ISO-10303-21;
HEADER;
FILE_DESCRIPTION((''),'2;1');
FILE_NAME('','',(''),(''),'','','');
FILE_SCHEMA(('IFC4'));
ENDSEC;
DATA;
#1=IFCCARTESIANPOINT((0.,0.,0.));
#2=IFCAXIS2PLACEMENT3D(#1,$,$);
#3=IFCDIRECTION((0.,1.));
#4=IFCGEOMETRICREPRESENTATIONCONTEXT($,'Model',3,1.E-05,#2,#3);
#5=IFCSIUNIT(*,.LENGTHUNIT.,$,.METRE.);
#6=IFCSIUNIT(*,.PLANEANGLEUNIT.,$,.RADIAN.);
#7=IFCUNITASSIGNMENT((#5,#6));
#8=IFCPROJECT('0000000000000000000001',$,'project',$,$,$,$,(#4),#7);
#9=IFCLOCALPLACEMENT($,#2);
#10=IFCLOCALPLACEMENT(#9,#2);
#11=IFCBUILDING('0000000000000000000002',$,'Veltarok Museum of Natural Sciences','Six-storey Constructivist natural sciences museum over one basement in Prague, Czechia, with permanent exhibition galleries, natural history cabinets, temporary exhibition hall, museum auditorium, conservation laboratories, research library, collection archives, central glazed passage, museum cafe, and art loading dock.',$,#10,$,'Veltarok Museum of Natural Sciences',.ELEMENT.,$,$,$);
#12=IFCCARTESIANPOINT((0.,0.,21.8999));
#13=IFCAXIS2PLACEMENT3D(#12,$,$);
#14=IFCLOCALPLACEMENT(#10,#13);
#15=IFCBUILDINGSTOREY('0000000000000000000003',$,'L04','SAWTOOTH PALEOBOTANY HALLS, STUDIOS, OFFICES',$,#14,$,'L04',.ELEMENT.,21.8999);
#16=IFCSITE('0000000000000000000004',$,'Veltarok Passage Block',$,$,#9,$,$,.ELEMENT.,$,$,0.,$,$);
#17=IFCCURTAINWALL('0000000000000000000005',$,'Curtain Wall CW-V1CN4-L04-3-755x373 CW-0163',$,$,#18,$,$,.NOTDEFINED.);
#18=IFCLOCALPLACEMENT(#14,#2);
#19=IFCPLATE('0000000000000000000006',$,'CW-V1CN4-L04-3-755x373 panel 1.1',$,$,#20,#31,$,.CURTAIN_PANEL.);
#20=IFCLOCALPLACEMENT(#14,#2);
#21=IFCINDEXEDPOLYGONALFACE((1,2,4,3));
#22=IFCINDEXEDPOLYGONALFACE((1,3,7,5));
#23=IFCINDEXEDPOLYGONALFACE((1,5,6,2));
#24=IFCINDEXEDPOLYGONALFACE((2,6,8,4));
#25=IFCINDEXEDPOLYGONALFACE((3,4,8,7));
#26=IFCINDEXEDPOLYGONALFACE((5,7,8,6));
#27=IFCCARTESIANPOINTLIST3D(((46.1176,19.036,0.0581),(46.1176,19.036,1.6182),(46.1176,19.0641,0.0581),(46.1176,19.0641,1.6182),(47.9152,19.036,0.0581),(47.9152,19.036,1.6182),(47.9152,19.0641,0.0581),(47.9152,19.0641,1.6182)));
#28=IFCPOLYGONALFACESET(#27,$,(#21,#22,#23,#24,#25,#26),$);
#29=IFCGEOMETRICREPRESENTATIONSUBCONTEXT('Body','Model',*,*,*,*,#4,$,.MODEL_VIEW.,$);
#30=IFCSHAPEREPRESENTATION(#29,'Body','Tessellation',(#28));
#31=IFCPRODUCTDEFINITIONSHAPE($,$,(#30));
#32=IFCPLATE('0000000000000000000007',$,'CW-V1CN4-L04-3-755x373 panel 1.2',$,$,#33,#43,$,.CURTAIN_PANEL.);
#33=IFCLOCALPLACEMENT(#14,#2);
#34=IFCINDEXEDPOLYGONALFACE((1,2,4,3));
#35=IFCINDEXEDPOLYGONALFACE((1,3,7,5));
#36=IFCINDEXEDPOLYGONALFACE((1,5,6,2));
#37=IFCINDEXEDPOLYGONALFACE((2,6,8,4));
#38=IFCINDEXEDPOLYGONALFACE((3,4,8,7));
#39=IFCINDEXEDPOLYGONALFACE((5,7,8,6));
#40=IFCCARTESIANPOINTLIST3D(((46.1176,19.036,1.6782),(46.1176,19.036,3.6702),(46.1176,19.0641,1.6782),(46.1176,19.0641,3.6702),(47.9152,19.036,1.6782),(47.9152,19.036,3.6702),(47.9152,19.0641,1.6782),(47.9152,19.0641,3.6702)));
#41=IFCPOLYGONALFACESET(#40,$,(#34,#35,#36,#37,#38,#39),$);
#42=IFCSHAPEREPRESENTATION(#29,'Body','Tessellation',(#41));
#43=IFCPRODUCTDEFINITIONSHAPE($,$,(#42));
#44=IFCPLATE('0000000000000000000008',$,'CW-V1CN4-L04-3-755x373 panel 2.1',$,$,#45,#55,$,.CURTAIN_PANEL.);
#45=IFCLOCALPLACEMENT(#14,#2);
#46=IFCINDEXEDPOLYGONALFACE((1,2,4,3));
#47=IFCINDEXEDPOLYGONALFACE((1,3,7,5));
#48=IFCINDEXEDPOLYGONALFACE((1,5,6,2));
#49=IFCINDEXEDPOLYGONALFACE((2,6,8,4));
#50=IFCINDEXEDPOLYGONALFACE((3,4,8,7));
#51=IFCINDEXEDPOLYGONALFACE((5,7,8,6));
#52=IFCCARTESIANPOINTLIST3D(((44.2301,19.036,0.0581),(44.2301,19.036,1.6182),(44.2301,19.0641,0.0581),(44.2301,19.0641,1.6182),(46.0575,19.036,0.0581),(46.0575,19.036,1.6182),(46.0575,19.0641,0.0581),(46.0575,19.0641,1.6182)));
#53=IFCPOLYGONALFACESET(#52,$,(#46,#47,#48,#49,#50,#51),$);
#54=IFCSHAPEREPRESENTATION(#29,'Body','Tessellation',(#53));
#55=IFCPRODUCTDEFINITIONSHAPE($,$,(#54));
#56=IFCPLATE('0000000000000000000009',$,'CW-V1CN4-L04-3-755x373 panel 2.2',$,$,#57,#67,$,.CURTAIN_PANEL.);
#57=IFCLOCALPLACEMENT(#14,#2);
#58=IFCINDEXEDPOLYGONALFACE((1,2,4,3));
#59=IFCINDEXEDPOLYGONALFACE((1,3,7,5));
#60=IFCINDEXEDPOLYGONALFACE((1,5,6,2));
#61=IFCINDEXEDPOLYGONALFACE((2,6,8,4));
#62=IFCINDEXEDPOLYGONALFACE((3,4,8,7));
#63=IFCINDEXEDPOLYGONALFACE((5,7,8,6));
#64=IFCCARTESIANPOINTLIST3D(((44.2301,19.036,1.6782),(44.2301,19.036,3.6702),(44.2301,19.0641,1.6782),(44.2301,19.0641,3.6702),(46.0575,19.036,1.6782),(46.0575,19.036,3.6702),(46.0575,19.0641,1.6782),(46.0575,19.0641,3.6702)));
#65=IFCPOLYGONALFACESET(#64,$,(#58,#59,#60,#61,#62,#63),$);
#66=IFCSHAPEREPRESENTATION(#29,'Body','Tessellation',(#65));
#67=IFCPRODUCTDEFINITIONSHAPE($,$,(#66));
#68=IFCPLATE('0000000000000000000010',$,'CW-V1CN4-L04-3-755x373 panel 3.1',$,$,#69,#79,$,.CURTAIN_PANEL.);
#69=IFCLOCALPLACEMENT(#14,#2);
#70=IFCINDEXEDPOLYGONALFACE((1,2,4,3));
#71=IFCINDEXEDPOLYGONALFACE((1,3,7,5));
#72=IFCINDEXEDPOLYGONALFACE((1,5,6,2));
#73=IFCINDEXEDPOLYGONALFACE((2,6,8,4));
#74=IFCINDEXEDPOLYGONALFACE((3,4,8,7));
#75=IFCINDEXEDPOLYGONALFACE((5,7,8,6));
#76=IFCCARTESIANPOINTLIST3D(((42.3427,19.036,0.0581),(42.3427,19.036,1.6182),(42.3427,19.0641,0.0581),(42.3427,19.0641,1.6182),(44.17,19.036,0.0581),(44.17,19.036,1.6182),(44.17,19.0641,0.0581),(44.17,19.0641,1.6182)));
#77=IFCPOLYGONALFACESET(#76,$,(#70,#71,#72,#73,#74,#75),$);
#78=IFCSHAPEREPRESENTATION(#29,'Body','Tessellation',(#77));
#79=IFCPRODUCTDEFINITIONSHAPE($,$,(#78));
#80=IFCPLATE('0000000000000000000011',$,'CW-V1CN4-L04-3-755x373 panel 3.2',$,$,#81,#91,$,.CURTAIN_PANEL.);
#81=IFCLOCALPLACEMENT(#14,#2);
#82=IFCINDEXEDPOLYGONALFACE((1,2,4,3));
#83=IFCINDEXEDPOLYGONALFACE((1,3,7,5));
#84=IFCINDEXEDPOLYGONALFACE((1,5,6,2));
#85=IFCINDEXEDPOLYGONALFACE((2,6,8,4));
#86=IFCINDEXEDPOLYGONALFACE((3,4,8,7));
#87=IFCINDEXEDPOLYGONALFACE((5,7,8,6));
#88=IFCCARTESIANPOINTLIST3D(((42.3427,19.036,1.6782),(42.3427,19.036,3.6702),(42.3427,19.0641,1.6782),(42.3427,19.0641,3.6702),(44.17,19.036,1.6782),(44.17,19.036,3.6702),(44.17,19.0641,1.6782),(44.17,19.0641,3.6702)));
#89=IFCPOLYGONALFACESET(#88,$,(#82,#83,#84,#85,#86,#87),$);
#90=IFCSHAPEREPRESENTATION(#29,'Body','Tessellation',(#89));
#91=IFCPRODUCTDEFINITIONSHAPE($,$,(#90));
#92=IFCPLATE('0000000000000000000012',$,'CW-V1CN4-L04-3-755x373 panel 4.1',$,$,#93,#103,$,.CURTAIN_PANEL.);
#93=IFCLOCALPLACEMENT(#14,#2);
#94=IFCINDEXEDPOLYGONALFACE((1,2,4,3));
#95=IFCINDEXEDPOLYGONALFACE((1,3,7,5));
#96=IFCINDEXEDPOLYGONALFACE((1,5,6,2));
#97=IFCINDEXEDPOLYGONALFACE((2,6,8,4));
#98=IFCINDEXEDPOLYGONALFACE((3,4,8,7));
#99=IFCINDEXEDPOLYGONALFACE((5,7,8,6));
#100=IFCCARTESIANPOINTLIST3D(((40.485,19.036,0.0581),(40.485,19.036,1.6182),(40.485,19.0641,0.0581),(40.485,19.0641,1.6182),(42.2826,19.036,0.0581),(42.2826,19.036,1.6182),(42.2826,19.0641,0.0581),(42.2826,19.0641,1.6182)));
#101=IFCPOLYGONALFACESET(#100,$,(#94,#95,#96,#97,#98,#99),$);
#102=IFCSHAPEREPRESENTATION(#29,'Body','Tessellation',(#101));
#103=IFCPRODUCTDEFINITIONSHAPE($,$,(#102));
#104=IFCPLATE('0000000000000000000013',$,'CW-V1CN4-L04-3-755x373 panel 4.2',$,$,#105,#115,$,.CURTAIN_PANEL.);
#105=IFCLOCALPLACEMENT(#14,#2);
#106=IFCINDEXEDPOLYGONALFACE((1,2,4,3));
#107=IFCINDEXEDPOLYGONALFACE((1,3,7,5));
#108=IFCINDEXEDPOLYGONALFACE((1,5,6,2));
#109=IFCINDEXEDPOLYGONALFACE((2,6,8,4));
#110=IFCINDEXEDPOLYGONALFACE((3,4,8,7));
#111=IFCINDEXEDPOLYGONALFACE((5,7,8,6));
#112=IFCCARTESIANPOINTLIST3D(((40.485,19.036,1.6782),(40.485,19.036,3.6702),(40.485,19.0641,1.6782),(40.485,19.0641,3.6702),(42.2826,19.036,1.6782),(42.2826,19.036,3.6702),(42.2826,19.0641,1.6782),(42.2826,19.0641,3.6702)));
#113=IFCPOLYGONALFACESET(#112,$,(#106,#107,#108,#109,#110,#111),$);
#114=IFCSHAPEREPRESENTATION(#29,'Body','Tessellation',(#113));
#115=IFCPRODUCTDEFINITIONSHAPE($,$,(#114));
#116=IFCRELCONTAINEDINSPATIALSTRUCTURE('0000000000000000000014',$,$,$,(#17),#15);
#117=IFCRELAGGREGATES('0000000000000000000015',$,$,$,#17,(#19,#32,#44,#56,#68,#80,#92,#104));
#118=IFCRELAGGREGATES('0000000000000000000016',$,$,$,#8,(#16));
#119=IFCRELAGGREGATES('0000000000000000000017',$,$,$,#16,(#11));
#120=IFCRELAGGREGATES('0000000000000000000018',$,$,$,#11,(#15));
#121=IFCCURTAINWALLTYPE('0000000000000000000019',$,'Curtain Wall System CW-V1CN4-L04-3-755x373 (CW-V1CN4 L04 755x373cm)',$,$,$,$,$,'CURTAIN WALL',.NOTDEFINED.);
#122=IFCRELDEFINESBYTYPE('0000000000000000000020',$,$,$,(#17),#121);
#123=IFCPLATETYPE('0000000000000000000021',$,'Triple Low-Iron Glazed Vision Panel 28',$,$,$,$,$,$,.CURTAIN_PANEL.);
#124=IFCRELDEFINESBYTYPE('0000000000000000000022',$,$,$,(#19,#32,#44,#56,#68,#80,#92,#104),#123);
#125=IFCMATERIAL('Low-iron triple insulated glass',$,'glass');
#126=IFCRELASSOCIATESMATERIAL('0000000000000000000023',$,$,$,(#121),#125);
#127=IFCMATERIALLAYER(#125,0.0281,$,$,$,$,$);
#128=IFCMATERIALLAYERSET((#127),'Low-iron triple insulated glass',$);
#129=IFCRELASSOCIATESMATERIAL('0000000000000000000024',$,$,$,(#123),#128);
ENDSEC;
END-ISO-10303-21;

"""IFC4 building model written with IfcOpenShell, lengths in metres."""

from ifc_helpers import new_model, si_unit, direction, frame, origin, origin_2d, place, context, subcontext, project, spatial, rectangle, extrude, material, layer, layer_set, type_object, element, aggregate, save


model = new_model("IFC4")

# Units and contexts
model_context = context("Model", 3, precision=1e-05, world=origin(), true_north=direction((0.0, 1.0)))
body_context = subcontext(model_context, "Body", "Model", "MODEL_VIEW")
ifc_project = project(units=[si_unit("LENGTHUNIT", "METRE"), si_unit("PLANEANGLEUNIT", "RADIAN")], contexts=[model_context])

# Site, building, storey
site_placement = place(None, origin())
site = spatial("IfcSite", under=ifc_project, at=site_placement, Name="Veltarok Passage Block", CompositionType="ELEMENT", RefElevation=0.0)
building_placement = place(site_placement, origin())
building = spatial("IfcBuilding", under=site, at=building_placement, Name="Veltarok Museum of Natural Sciences", Description="Six-storey Constructivist natural sciences museum over one basement in Prague, Czechia, with permanent exhibition galleries, natural history cabinets, temporary exhibition hall, museum auditorium, conservation laboratories, research library, collection archives, central glazed passage, museum cafe, and art loading dock.", LongName="Veltarok Museum of Natural Sciences", CompositionType="ELEMENT")
storey_placement = place(building_placement, frame((0.0, 0.0, 21.8999)))
storey = spatial("IfcBuildingStorey", under=building, at=storey_placement, Name="L04", Description="SAWTOOTH PALEOBOTANY HALLS, STUDIOS, OFFICES", LongName="L04", CompositionType="ELEMENT", Elevation=21.8999)

# Curtain wall
ifc_material_1 = material(Name="Low-iron triple insulated glass", Category="glass")
curtain_wall_type = type_object("IfcCurtainWallType", Name="Curtain Wall System CW-V1CN4-L04-3-755x373 (CW-V1CN4 L04 755x373cm)", ElementType="CURTAIN WALL", PredefinedType="NOTDEFINED", material=ifc_material_1)
curtain_wall_placement = place(storey_placement, origin())
curtain_wall = element("IfcCurtainWall", 1, at=curtain_wall_placement, inside=storey, type_object=curtain_wall_type, Name="Curtain Wall CW-V1CN4-L04-3-755x373 CW-0163", PredefinedType="NOTDEFINED")

# Plates
ifc_layer = layer(ifc_material_1, 0.0281)
ifc_layer_set = layer_set([ifc_layer], Name="Low-iron triple insulated glass")
plate_type = type_object("IfcPlateType", Name="Triple Low-Iron Glazed Vision Panel 28", PredefinedType="CURTAIN_PANEL", material=ifc_layer_set)
plate_1_placement = place(storey_placement, frame((47.0164, 19.05, 0.0581), z_axis=(0.0, 0.0, 1.0), x_axis=(-1.0, 0.0, 0.0)))
plate_1 = element("IfcPlate", 2, at=plate_1_placement, type_object=plate_type, Name="CW-V1CN4-L04-3-755x373 panel 1.1", PredefinedType="CURTAIN_PANEL", context=body_context, shape_type="SweptSolid", body=[
    extrude(rectangle(XDim=1.7976, YDim=0.0281, at=origin_2d()), origin(), (0.0, 0.0, 1.0), 1.5601),
])
plate_2_placement = place(storey_placement, frame((47.0164, 19.05, 1.6782), z_axis=(0.0, 0.0, 1.0), x_axis=(-1.0, 0.0, 0.0)))
plate_2 = element("IfcPlate", 3, at=plate_2_placement, type_object=plate_type, Name="CW-V1CN4-L04-3-755x373 panel 1.2", PredefinedType="CURTAIN_PANEL", context=body_context, shape_type="SweptSolid", body=[
    extrude(rectangle(XDim=1.7976, YDim=0.0281, at=origin_2d()), origin(), (0.0, 0.0, 1.0), 1.9919),
])
plate_3_placement = place(storey_placement, frame((45.1438, 19.05, 0.0581), z_axis=(0.0, 0.0, 1.0), x_axis=(-1.0, 0.0, 0.0)))
plate_3 = element("IfcPlate", 4, at=plate_3_placement, type_object=plate_type, Name="CW-V1CN4-L04-3-755x373 panel 2.1", PredefinedType="CURTAIN_PANEL", context=body_context, shape_type="SweptSolid", body=[
    extrude(rectangle(XDim=1.8274, YDim=0.0281, at=origin_2d()), origin(), (0.0, 0.0, 1.0), 1.5601),
])
plate_4_placement = place(storey_placement, frame((45.1438, 19.05, 1.6782), z_axis=(0.0, 0.0, 1.0), x_axis=(-1.0, 0.0, 0.0)))
plate_4 = element("IfcPlate", 5, at=plate_4_placement, type_object=plate_type, Name="CW-V1CN4-L04-3-755x373 panel 2.2", PredefinedType="CURTAIN_PANEL", context=body_context, shape_type="SweptSolid", body=[
    extrude(rectangle(XDim=1.8274, YDim=0.0281, at=origin_2d()), origin(), (0.0, 0.0, 1.0), 1.9919),
])
plate_5_placement = place(storey_placement, frame((43.2563, 19.05, 0.0581), z_axis=(0.0, 0.0, 1.0), x_axis=(-1.0, 0.0, 0.0)))
plate_5 = element("IfcPlate", 6, at=plate_5_placement, type_object=plate_type, Name="CW-V1CN4-L04-3-755x373 panel 3.1", PredefinedType="CURTAIN_PANEL", context=body_context, shape_type="SweptSolid", body=[
    extrude(rectangle(XDim=1.8274, YDim=0.0281, at=origin_2d()), origin(), (0.0, 0.0, 1.0), 1.5601),
])
plate_6_placement = place(storey_placement, frame((43.2563, 19.05, 1.6782), z_axis=(0.0, 0.0, 1.0), x_axis=(-1.0, 0.0, 0.0)))
plate_6 = element("IfcPlate", 7, at=plate_6_placement, type_object=plate_type, Name="CW-V1CN4-L04-3-755x373 panel 3.2", PredefinedType="CURTAIN_PANEL", context=body_context, shape_type="SweptSolid", body=[
    extrude(rectangle(XDim=1.8274, YDim=0.0281, at=origin_2d()), origin(), (0.0, 0.0, 1.0), 1.9919),
])
plate_7_placement = place(storey_placement, frame((41.3838, 19.05, 0.0581), z_axis=(0.0, 0.0, 1.0), x_axis=(-1.0, 0.0, 0.0)))
plate_7 = element("IfcPlate", 8, at=plate_7_placement, type_object=plate_type, Name="CW-V1CN4-L04-3-755x373 panel 4.1", PredefinedType="CURTAIN_PANEL", context=body_context, shape_type="SweptSolid", body=[
    extrude(rectangle(XDim=1.7976, YDim=0.0281, at=origin_2d()), origin(), (0.0, 0.0, 1.0), 1.5601),
])
plate_8_placement = place(storey_placement, frame((41.3838, 19.05, 1.6782), z_axis=(0.0, 0.0, 1.0), x_axis=(-1.0, 0.0, 0.0)))
plate_8 = element("IfcPlate", 9, at=plate_8_placement, type_object=plate_type, Name="CW-V1CN4-L04-3-755x373 panel 4.2", PredefinedType="CURTAIN_PANEL", context=body_context, shape_type="SweptSolid", body=[
    extrude(rectangle(XDim=1.7976, YDim=0.0281, at=origin_2d()), origin(), (0.0, 0.0, 1.0), 1.9919),
])
aggregate(curtain_wall, [plate_1, plate_2, plate_3, plate_4, plate_5, plate_6, plate_7, plate_8])

save(model, "model.ifc")
